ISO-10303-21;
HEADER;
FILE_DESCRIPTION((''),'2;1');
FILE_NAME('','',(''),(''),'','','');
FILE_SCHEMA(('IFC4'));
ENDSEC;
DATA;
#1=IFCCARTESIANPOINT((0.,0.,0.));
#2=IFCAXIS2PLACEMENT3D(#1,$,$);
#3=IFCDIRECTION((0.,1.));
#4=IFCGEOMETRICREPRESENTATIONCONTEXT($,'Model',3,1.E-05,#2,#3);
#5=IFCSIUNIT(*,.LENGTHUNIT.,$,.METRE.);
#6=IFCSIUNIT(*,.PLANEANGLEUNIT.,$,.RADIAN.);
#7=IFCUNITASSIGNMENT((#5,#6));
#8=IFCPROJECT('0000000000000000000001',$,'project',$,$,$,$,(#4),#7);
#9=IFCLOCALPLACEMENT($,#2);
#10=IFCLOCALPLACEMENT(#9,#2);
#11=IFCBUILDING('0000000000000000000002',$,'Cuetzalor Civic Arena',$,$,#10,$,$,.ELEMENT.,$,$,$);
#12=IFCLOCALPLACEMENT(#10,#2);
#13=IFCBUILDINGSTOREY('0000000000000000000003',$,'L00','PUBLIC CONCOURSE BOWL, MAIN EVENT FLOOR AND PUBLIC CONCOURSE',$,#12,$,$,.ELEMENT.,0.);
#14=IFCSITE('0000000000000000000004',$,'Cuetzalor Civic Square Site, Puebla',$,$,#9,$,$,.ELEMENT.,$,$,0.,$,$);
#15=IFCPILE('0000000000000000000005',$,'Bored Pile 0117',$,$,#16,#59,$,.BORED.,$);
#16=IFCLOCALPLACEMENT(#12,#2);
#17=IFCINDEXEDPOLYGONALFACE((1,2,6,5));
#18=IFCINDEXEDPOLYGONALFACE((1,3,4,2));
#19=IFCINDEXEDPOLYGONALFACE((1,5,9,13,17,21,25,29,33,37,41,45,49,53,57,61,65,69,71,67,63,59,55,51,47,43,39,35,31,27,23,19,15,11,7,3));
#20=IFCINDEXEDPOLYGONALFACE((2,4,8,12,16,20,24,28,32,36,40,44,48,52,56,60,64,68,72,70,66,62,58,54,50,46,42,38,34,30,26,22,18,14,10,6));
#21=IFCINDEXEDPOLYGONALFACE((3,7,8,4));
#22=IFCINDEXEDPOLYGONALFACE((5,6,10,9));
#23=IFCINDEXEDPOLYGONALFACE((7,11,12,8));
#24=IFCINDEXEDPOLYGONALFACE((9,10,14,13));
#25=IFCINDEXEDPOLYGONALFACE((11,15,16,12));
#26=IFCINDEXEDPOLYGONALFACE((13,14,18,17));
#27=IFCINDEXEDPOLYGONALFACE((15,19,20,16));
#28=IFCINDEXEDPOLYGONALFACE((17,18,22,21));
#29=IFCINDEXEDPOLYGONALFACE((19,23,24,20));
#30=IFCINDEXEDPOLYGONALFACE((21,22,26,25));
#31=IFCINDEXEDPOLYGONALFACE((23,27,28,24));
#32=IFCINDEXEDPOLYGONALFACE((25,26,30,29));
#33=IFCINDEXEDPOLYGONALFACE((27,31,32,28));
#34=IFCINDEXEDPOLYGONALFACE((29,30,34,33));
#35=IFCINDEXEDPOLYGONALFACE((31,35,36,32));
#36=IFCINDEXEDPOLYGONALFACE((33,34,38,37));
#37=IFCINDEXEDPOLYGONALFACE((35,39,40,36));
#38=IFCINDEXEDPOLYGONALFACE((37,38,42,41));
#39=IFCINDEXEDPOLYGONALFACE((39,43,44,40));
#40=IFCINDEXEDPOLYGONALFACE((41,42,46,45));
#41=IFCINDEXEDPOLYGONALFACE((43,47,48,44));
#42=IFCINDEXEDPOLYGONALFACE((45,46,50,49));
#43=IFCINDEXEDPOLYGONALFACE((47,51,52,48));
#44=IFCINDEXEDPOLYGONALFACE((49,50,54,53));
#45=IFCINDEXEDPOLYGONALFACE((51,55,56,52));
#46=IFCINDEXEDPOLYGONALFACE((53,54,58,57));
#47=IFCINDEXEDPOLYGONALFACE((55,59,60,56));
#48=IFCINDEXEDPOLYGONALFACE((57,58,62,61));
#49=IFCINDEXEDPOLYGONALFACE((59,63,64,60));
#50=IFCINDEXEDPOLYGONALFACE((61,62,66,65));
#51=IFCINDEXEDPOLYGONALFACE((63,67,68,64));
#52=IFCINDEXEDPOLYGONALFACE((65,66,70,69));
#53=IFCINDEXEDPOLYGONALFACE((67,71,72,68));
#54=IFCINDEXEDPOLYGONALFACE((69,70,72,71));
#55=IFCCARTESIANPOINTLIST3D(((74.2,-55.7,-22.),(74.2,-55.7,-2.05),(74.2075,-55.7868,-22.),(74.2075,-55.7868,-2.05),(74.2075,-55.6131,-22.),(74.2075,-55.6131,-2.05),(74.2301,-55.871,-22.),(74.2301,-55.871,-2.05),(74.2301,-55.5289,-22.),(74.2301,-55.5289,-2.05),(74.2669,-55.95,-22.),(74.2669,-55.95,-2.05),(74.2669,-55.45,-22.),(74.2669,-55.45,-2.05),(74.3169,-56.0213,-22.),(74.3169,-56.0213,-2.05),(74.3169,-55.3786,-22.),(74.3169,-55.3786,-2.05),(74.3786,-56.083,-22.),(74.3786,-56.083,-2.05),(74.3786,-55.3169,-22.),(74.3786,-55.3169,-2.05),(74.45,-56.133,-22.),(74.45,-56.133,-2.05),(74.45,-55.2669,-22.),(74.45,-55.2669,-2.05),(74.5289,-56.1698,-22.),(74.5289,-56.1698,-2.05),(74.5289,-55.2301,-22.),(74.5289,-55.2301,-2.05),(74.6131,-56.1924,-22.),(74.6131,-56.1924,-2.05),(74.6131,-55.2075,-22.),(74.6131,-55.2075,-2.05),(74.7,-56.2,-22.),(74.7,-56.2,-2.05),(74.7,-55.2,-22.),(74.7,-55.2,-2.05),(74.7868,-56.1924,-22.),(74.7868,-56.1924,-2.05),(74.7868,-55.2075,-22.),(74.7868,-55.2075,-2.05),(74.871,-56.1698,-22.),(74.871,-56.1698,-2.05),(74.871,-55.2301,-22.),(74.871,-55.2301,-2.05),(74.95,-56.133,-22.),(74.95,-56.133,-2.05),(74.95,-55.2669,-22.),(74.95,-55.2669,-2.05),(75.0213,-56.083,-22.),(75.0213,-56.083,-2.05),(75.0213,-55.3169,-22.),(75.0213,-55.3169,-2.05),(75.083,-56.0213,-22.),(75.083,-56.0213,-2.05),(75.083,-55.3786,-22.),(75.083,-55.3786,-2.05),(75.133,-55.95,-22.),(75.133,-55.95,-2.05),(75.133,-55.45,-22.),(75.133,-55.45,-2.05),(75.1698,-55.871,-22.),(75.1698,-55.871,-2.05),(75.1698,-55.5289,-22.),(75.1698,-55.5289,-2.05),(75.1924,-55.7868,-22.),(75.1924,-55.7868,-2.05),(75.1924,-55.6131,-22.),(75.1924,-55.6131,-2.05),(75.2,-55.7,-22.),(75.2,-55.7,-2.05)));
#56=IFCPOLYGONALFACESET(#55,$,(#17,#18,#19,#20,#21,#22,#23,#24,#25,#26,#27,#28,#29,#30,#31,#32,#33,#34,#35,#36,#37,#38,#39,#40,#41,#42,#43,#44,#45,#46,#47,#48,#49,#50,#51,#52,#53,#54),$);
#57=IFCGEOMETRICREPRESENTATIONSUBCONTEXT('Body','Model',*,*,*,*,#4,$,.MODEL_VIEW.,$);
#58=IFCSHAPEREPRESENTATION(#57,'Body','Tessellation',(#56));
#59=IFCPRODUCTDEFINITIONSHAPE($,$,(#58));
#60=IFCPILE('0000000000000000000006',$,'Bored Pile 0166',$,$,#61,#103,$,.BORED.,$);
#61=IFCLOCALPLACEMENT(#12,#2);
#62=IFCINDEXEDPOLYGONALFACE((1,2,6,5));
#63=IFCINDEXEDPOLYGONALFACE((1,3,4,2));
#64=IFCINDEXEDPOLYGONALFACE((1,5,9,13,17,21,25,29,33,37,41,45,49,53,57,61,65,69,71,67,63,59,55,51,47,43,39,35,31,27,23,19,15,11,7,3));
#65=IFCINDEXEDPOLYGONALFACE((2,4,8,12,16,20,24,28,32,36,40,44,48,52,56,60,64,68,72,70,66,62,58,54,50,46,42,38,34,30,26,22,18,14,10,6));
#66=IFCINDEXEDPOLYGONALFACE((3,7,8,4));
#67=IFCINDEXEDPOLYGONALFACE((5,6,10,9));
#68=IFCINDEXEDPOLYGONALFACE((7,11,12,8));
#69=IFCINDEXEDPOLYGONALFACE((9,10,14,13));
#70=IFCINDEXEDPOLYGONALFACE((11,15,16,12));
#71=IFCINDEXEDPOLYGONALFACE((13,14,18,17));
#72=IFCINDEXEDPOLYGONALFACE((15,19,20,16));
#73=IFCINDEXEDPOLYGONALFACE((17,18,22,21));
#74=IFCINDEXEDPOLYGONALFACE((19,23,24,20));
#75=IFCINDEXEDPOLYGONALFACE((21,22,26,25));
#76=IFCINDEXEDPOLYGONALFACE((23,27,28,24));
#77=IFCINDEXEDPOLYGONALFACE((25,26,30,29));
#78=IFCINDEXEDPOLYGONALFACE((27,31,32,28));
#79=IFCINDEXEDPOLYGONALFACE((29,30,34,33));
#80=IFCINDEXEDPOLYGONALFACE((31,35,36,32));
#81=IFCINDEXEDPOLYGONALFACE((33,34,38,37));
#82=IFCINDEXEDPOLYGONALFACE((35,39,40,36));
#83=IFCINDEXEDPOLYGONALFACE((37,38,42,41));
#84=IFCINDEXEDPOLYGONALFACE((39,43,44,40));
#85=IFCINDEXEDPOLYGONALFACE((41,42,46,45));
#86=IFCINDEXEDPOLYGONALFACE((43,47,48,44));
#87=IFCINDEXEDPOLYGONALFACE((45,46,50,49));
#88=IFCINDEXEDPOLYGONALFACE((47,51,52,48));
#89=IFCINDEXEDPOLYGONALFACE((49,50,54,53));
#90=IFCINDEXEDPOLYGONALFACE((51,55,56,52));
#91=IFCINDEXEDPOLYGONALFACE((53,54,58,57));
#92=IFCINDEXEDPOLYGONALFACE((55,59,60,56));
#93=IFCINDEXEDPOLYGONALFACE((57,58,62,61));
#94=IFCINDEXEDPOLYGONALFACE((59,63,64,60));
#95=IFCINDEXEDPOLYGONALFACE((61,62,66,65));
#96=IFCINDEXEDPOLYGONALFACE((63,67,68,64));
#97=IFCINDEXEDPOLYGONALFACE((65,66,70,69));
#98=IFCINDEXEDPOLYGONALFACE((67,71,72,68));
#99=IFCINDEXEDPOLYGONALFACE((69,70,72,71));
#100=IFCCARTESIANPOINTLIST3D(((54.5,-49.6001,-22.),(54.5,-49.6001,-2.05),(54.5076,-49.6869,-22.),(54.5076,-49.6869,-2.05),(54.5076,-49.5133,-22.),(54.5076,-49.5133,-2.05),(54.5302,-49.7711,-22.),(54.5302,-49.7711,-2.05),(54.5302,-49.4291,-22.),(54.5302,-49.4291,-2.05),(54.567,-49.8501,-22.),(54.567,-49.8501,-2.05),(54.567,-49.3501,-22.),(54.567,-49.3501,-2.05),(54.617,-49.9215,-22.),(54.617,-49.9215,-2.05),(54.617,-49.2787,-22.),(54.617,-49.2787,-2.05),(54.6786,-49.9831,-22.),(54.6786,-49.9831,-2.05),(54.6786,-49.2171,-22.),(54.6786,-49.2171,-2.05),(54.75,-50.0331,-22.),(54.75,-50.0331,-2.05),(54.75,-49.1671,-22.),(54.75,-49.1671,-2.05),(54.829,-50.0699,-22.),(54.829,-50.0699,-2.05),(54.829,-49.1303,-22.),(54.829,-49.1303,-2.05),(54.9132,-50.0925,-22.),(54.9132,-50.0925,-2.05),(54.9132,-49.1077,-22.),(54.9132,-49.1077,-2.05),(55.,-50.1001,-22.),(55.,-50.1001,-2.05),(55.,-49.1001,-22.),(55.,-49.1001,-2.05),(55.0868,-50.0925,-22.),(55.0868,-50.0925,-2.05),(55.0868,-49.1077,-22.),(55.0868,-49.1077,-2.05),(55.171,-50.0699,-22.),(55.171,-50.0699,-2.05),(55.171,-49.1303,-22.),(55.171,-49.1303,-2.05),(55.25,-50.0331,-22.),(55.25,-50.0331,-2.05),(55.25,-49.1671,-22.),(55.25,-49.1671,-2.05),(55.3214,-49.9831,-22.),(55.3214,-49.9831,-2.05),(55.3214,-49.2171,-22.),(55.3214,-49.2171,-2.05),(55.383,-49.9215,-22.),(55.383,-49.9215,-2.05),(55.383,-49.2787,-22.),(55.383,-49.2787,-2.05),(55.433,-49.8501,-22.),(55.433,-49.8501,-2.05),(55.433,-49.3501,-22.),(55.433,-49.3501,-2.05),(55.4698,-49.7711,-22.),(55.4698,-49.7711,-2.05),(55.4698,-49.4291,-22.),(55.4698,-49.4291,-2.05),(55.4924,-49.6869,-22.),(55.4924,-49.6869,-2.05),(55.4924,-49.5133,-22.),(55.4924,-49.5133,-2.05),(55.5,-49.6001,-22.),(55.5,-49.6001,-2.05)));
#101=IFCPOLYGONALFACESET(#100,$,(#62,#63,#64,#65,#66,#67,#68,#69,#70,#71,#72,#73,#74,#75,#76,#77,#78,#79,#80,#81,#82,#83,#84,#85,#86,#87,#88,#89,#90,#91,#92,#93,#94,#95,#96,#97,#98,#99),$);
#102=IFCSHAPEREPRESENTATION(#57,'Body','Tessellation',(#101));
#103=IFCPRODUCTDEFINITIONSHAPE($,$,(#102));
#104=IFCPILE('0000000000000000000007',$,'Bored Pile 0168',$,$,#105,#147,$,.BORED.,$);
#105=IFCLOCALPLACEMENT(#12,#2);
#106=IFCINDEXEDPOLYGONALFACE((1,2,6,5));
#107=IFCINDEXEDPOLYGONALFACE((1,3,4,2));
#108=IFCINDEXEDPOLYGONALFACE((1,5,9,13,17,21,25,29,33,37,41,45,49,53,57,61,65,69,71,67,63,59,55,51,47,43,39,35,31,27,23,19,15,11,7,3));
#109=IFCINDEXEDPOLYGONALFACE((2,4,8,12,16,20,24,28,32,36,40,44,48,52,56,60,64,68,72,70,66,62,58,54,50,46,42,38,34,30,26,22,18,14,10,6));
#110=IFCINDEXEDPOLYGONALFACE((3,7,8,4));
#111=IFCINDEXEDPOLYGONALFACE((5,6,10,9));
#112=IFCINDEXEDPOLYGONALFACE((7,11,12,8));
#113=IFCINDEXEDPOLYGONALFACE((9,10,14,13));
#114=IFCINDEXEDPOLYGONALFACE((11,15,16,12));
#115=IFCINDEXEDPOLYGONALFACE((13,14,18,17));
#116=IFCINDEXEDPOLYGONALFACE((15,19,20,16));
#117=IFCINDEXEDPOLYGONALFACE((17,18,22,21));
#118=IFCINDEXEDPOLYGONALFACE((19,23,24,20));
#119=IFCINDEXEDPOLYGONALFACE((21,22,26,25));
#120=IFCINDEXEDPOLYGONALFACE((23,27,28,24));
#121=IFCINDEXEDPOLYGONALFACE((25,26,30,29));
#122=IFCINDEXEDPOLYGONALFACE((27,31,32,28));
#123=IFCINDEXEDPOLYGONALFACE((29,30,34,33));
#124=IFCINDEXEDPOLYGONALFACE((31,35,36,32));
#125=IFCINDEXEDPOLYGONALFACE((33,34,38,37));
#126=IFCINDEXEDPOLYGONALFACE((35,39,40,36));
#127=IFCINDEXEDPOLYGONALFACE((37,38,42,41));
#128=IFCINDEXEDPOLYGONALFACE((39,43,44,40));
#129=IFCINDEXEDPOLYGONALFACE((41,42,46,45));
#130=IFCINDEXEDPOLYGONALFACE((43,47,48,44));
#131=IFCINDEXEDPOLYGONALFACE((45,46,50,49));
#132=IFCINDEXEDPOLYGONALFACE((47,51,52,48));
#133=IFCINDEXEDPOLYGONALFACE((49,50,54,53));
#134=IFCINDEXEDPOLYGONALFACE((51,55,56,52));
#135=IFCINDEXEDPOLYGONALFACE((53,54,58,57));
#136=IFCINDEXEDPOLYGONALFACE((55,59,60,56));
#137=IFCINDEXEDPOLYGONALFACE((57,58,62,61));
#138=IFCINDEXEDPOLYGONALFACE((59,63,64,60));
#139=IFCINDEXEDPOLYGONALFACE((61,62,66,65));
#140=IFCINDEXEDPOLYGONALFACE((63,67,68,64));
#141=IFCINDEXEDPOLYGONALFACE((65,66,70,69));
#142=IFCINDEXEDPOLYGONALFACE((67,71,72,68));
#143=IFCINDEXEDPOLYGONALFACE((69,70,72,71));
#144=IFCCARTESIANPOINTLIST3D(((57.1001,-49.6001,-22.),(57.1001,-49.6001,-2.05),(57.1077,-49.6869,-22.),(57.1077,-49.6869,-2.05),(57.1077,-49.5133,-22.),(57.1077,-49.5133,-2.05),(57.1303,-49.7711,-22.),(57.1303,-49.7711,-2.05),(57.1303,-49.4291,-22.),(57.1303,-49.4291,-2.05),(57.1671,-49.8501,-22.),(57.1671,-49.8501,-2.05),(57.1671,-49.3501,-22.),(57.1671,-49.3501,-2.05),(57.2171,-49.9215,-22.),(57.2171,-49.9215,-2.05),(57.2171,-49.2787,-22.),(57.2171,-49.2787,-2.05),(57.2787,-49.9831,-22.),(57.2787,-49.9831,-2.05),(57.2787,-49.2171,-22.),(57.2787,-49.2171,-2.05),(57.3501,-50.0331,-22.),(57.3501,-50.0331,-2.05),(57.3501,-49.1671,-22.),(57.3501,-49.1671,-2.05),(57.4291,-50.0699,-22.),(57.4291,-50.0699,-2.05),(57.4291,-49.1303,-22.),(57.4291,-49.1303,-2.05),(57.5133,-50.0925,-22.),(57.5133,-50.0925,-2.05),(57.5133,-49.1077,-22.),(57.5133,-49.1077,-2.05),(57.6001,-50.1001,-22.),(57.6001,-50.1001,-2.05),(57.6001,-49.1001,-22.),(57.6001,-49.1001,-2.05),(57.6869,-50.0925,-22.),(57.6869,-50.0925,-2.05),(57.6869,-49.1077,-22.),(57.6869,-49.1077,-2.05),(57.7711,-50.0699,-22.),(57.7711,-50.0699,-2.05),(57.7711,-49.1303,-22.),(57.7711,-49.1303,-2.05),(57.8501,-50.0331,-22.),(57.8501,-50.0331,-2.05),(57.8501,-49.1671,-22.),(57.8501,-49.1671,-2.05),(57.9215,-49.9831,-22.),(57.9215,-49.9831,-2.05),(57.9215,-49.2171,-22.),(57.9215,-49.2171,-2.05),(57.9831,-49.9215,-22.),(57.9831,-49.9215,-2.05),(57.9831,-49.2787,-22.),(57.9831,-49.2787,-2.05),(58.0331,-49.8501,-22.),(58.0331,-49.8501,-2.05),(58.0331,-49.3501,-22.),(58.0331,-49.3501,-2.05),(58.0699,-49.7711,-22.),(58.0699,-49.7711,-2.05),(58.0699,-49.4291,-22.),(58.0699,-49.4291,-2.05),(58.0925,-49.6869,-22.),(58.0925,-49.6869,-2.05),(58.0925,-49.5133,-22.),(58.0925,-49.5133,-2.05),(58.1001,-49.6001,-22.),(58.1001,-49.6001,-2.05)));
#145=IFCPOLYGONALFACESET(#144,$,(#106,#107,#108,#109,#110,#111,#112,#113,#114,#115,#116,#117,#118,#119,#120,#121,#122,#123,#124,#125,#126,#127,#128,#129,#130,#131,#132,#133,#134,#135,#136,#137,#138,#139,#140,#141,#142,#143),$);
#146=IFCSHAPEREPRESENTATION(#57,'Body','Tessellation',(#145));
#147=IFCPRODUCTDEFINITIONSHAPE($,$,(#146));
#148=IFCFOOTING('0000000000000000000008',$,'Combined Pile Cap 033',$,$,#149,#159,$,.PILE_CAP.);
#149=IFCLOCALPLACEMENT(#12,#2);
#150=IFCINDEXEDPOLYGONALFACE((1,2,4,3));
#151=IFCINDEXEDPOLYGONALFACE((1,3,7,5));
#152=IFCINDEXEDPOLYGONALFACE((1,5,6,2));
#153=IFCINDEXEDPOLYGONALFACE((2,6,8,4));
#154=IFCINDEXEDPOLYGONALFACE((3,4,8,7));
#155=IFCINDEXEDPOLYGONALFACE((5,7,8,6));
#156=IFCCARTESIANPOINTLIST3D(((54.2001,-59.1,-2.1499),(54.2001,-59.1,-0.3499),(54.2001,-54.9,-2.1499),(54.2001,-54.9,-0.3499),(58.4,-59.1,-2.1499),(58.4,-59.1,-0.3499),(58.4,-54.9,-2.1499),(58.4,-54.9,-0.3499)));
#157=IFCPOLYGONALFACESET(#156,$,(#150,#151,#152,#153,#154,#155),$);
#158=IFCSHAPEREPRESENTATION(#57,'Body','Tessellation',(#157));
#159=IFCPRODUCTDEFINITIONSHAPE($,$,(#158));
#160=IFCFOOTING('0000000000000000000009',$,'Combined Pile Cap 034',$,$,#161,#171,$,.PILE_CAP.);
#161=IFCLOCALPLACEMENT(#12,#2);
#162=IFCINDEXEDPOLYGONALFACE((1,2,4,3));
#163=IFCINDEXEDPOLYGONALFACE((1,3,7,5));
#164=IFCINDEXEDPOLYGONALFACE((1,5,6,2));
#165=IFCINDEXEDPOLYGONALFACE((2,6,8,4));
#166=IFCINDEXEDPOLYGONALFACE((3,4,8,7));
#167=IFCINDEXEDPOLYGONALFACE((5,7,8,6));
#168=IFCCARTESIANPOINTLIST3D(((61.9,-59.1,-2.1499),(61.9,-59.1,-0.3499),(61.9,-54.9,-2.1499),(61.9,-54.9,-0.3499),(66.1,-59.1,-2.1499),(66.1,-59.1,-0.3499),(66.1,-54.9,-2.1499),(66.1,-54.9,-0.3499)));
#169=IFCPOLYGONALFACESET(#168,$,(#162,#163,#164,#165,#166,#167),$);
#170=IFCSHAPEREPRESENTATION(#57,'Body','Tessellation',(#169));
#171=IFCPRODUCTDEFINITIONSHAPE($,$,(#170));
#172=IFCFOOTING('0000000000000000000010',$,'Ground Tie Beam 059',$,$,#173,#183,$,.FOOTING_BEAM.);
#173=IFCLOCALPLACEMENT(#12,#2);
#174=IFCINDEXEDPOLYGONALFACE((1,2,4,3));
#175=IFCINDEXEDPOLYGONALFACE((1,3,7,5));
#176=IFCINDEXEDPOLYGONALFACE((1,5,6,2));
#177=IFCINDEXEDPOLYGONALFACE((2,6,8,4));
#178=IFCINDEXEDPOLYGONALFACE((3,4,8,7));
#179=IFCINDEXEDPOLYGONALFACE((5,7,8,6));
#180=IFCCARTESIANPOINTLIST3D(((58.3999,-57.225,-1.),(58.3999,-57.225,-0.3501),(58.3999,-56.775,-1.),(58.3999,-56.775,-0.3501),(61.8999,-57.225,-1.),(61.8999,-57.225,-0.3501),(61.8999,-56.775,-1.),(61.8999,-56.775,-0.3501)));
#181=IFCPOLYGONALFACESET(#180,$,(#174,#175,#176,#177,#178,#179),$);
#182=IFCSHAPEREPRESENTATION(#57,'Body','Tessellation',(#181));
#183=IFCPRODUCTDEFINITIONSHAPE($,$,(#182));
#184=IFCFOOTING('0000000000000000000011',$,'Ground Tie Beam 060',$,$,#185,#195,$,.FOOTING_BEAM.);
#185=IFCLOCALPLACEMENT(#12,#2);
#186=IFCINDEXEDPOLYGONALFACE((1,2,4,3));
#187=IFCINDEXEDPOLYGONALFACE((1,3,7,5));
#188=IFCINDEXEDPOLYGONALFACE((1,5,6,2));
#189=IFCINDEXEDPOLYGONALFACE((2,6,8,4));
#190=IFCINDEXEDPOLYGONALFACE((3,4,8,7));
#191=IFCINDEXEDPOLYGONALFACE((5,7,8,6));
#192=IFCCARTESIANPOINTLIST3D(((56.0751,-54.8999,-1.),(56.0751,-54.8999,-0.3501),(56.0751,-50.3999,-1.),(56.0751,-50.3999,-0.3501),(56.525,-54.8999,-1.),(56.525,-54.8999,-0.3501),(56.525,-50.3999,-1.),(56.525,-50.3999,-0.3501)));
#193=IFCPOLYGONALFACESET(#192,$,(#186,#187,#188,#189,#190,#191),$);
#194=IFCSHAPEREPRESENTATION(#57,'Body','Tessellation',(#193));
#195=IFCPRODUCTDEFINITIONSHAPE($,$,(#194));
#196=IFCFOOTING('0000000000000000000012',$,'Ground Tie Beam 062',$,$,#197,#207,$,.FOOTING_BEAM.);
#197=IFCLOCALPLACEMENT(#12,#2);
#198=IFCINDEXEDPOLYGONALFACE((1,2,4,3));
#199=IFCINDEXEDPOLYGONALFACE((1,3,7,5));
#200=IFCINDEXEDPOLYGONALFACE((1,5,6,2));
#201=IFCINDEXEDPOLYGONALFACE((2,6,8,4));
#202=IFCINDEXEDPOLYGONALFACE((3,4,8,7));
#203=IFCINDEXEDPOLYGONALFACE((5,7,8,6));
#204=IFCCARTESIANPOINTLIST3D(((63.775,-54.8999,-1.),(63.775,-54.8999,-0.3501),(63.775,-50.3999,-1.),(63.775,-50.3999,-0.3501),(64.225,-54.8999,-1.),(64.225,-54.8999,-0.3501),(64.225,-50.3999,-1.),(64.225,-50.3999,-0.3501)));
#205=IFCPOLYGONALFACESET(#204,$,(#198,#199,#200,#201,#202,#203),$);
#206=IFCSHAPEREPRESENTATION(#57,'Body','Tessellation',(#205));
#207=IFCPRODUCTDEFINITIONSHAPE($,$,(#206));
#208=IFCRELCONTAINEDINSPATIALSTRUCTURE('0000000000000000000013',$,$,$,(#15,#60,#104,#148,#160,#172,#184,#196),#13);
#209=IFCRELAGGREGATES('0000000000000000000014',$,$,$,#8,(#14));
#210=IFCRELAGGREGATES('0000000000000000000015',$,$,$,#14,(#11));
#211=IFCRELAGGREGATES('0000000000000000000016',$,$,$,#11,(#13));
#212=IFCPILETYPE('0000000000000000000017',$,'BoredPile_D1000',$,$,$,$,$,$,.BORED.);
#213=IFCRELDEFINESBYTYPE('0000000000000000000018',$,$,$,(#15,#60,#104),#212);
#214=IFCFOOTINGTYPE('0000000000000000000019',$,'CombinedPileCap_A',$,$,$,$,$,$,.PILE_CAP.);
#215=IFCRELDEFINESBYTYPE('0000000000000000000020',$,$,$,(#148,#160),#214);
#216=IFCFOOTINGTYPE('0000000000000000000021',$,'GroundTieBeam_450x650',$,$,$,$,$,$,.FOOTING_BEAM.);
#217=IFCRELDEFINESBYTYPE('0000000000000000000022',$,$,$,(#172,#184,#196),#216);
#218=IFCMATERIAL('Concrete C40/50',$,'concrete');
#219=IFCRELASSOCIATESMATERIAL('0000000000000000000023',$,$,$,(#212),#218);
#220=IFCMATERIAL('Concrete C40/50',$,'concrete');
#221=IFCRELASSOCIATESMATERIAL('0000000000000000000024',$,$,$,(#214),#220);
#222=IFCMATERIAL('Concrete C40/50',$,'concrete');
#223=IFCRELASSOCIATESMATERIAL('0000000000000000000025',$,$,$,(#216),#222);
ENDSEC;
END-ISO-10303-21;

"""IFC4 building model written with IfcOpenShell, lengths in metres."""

from ifc_helpers import new_model, si_unit, direction, frame, origin, origin_2d, place, context, subcontext, project, spatial, rectangle, circle, extrude, material, material_profile, profile_set, type_object, element, save


model = new_model("IFC4")

# Units and contexts
model_context = context("Model", 3, precision=1e-05, world=origin(), true_north=direction((0.0, 1.0)))
body_context = subcontext(model_context, "Body", "Model", "MODEL_VIEW")
ifc_project = project(units=[si_unit("LENGTHUNIT", "METRE"), si_unit("PLANEANGLEUNIT", "RADIAN")], contexts=[model_context])

# Site, building, storey
site_placement = place(None, origin())
site = spatial("IfcSite", under=ifc_project, at=site_placement, Name="Cuetzalor Civic Square Site, Puebla", CompositionType="ELEMENT", RefElevation=0.0)
building_placement = place(site_placement, origin())
building = spatial("IfcBuilding", under=site, at=building_placement, Name="Cuetzalor Civic Arena", CompositionType="ELEMENT")
storey_placement = place(building_placement, origin())
storey = spatial("IfcBuildingStorey", under=building, at=storey_placement, Name="L00", Description="PUBLIC CONCOURSE BOWL, MAIN EVENT FLOOR AND PUBLIC CONCOURSE", CompositionType="ELEMENT", Elevation=0.0)

# Piles
ifc_material_1 = material(Name="Concrete C40/50", Category="concrete")
ifc_material_profile_1 = material_profile(ifc_material_1, circle(Radius=0.5, at=origin_2d()), Name="BORED PILE D1000")
ifc_profile_set_1 = profile_set([ifc_material_profile_1], Name="Concrete C40/50")
pile_type = type_object("IfcPileType", Name="BoredPile_D1000", PredefinedType="BORED", material=ifc_profile_set_1)
for number, where, z_axis, x_axis, name in (
    (1, (74.7, -55.7, -2.05), (0.0, 0.0, -1.0), (1.0, 0.0, 0.0), "Bored Pile 0117"),
    (2, (55.0, -49.6001, -2.05), (0.0, 0.0, -1.0), (1.0, 0.0, 0.0), "Bored Pile 0166"),
    (3, (57.6001, -49.6001, -2.05), (0.0, 0.0, -1.0), (1.0, 0.0, 0.0), "Bored Pile 0168"),
):
    element("IfcPile", number, at=place(storey_placement, frame(where, z_axis=z_axis, x_axis=x_axis)), inside=storey, type_object=pile_type, Name=name, PredefinedType="BORED", context=body_context, shape_type="SweptSolid", body=[
        extrude(circle(Radius=0.5, at=origin_2d()), origin(), (0.0, 0.0, 1.0), 19.95),
    ])

# Footings
ifc_material_2 = material(Name="Concrete C40/50", Category="concrete")
footing_type_1 = type_object("IfcFootingType", Name="CombinedPileCap_A", PredefinedType="PILE_CAP", material=ifc_material_2)
for number, where, z_axis, x_axis, name in (
    (4, (56.3, -57.0, -2.1499), (0.0, 0.0, 1.0), (1.0, 0.0, 0.0), "Combined Pile Cap 033"),
    (5, (64.0, -57.0, -2.1499), (0.0, 0.0, 1.0), (1.0, 0.0, 0.0), "Combined Pile Cap 034"),
):
    element("IfcFooting", number, at=place(storey_placement, frame(where, z_axis=z_axis, x_axis=x_axis)), inside=storey, type_object=footing_type_1, Name=name, PredefinedType="PILE_CAP", context=body_context, shape_type="SweptSolid", body=[
        extrude(rectangle(XDim=4.2, YDim=4.2, at=origin_2d()), origin(), (0.0, 0.0, 1.0), 1.8),
    ])
ifc_material_3 = material(Name="Concrete C40/50", Category="concrete")
ifc_material_profile_2 = material_profile(ifc_material_3, rectangle(XDim=0.45, YDim=0.6499, at=origin_2d()), Name="RC 450x650")
ifc_profile_set_2 = profile_set([ifc_material_profile_2], Name="Concrete C40/50")
footing_type_2 = type_object("IfcFootingType", Name="GroundTieBeam_450x650", PredefinedType="FOOTING_BEAM", material=ifc_profile_set_2)
footing_1_placement = place(storey_placement, frame((58.3999, -57.0, -0.675), z_axis=(1.0, 0.0, 0.0), x_axis=(0.0, 1.0, 0.0)))
element("IfcFooting", 6, at=footing_1_placement, inside=storey, type_object=footing_type_2, Name="Ground Tie Beam 059", PredefinedType="FOOTING_BEAM", context=body_context, shape_type="SweptSolid", body=[
    extrude(rectangle(XDim=0.45, YDim=0.6499, at=origin_2d()), origin(), (0.0, 0.0, 1.0), 3.5),
])
for number, where, z_axis, x_axis, name in (
    (7, (56.3, -54.8999, -0.675), (0.0, 1.0, 0.0), (-1.0, 0.0, 0.0), "Ground Tie Beam 060"),
    (8, (64.0, -54.8999, -0.675), (0.0, 1.0, 0.0), (-1.0, 0.0, 0.0), "Ground Tie Beam 062"),
):
    element("IfcFooting", number, at=place(storey_placement, frame(where, z_axis=z_axis, x_axis=x_axis)), inside=storey, type_object=footing_type_2, Name=name, PredefinedType="FOOTING_BEAM", context=body_context, shape_type="SweptSolid", body=[
        extrude(rectangle(XDim=0.45, YDim=0.6499, at=origin_2d()), origin(), (0.0, 0.0, 1.0), 4.5),
    ])

save(model, "model.ifc")
